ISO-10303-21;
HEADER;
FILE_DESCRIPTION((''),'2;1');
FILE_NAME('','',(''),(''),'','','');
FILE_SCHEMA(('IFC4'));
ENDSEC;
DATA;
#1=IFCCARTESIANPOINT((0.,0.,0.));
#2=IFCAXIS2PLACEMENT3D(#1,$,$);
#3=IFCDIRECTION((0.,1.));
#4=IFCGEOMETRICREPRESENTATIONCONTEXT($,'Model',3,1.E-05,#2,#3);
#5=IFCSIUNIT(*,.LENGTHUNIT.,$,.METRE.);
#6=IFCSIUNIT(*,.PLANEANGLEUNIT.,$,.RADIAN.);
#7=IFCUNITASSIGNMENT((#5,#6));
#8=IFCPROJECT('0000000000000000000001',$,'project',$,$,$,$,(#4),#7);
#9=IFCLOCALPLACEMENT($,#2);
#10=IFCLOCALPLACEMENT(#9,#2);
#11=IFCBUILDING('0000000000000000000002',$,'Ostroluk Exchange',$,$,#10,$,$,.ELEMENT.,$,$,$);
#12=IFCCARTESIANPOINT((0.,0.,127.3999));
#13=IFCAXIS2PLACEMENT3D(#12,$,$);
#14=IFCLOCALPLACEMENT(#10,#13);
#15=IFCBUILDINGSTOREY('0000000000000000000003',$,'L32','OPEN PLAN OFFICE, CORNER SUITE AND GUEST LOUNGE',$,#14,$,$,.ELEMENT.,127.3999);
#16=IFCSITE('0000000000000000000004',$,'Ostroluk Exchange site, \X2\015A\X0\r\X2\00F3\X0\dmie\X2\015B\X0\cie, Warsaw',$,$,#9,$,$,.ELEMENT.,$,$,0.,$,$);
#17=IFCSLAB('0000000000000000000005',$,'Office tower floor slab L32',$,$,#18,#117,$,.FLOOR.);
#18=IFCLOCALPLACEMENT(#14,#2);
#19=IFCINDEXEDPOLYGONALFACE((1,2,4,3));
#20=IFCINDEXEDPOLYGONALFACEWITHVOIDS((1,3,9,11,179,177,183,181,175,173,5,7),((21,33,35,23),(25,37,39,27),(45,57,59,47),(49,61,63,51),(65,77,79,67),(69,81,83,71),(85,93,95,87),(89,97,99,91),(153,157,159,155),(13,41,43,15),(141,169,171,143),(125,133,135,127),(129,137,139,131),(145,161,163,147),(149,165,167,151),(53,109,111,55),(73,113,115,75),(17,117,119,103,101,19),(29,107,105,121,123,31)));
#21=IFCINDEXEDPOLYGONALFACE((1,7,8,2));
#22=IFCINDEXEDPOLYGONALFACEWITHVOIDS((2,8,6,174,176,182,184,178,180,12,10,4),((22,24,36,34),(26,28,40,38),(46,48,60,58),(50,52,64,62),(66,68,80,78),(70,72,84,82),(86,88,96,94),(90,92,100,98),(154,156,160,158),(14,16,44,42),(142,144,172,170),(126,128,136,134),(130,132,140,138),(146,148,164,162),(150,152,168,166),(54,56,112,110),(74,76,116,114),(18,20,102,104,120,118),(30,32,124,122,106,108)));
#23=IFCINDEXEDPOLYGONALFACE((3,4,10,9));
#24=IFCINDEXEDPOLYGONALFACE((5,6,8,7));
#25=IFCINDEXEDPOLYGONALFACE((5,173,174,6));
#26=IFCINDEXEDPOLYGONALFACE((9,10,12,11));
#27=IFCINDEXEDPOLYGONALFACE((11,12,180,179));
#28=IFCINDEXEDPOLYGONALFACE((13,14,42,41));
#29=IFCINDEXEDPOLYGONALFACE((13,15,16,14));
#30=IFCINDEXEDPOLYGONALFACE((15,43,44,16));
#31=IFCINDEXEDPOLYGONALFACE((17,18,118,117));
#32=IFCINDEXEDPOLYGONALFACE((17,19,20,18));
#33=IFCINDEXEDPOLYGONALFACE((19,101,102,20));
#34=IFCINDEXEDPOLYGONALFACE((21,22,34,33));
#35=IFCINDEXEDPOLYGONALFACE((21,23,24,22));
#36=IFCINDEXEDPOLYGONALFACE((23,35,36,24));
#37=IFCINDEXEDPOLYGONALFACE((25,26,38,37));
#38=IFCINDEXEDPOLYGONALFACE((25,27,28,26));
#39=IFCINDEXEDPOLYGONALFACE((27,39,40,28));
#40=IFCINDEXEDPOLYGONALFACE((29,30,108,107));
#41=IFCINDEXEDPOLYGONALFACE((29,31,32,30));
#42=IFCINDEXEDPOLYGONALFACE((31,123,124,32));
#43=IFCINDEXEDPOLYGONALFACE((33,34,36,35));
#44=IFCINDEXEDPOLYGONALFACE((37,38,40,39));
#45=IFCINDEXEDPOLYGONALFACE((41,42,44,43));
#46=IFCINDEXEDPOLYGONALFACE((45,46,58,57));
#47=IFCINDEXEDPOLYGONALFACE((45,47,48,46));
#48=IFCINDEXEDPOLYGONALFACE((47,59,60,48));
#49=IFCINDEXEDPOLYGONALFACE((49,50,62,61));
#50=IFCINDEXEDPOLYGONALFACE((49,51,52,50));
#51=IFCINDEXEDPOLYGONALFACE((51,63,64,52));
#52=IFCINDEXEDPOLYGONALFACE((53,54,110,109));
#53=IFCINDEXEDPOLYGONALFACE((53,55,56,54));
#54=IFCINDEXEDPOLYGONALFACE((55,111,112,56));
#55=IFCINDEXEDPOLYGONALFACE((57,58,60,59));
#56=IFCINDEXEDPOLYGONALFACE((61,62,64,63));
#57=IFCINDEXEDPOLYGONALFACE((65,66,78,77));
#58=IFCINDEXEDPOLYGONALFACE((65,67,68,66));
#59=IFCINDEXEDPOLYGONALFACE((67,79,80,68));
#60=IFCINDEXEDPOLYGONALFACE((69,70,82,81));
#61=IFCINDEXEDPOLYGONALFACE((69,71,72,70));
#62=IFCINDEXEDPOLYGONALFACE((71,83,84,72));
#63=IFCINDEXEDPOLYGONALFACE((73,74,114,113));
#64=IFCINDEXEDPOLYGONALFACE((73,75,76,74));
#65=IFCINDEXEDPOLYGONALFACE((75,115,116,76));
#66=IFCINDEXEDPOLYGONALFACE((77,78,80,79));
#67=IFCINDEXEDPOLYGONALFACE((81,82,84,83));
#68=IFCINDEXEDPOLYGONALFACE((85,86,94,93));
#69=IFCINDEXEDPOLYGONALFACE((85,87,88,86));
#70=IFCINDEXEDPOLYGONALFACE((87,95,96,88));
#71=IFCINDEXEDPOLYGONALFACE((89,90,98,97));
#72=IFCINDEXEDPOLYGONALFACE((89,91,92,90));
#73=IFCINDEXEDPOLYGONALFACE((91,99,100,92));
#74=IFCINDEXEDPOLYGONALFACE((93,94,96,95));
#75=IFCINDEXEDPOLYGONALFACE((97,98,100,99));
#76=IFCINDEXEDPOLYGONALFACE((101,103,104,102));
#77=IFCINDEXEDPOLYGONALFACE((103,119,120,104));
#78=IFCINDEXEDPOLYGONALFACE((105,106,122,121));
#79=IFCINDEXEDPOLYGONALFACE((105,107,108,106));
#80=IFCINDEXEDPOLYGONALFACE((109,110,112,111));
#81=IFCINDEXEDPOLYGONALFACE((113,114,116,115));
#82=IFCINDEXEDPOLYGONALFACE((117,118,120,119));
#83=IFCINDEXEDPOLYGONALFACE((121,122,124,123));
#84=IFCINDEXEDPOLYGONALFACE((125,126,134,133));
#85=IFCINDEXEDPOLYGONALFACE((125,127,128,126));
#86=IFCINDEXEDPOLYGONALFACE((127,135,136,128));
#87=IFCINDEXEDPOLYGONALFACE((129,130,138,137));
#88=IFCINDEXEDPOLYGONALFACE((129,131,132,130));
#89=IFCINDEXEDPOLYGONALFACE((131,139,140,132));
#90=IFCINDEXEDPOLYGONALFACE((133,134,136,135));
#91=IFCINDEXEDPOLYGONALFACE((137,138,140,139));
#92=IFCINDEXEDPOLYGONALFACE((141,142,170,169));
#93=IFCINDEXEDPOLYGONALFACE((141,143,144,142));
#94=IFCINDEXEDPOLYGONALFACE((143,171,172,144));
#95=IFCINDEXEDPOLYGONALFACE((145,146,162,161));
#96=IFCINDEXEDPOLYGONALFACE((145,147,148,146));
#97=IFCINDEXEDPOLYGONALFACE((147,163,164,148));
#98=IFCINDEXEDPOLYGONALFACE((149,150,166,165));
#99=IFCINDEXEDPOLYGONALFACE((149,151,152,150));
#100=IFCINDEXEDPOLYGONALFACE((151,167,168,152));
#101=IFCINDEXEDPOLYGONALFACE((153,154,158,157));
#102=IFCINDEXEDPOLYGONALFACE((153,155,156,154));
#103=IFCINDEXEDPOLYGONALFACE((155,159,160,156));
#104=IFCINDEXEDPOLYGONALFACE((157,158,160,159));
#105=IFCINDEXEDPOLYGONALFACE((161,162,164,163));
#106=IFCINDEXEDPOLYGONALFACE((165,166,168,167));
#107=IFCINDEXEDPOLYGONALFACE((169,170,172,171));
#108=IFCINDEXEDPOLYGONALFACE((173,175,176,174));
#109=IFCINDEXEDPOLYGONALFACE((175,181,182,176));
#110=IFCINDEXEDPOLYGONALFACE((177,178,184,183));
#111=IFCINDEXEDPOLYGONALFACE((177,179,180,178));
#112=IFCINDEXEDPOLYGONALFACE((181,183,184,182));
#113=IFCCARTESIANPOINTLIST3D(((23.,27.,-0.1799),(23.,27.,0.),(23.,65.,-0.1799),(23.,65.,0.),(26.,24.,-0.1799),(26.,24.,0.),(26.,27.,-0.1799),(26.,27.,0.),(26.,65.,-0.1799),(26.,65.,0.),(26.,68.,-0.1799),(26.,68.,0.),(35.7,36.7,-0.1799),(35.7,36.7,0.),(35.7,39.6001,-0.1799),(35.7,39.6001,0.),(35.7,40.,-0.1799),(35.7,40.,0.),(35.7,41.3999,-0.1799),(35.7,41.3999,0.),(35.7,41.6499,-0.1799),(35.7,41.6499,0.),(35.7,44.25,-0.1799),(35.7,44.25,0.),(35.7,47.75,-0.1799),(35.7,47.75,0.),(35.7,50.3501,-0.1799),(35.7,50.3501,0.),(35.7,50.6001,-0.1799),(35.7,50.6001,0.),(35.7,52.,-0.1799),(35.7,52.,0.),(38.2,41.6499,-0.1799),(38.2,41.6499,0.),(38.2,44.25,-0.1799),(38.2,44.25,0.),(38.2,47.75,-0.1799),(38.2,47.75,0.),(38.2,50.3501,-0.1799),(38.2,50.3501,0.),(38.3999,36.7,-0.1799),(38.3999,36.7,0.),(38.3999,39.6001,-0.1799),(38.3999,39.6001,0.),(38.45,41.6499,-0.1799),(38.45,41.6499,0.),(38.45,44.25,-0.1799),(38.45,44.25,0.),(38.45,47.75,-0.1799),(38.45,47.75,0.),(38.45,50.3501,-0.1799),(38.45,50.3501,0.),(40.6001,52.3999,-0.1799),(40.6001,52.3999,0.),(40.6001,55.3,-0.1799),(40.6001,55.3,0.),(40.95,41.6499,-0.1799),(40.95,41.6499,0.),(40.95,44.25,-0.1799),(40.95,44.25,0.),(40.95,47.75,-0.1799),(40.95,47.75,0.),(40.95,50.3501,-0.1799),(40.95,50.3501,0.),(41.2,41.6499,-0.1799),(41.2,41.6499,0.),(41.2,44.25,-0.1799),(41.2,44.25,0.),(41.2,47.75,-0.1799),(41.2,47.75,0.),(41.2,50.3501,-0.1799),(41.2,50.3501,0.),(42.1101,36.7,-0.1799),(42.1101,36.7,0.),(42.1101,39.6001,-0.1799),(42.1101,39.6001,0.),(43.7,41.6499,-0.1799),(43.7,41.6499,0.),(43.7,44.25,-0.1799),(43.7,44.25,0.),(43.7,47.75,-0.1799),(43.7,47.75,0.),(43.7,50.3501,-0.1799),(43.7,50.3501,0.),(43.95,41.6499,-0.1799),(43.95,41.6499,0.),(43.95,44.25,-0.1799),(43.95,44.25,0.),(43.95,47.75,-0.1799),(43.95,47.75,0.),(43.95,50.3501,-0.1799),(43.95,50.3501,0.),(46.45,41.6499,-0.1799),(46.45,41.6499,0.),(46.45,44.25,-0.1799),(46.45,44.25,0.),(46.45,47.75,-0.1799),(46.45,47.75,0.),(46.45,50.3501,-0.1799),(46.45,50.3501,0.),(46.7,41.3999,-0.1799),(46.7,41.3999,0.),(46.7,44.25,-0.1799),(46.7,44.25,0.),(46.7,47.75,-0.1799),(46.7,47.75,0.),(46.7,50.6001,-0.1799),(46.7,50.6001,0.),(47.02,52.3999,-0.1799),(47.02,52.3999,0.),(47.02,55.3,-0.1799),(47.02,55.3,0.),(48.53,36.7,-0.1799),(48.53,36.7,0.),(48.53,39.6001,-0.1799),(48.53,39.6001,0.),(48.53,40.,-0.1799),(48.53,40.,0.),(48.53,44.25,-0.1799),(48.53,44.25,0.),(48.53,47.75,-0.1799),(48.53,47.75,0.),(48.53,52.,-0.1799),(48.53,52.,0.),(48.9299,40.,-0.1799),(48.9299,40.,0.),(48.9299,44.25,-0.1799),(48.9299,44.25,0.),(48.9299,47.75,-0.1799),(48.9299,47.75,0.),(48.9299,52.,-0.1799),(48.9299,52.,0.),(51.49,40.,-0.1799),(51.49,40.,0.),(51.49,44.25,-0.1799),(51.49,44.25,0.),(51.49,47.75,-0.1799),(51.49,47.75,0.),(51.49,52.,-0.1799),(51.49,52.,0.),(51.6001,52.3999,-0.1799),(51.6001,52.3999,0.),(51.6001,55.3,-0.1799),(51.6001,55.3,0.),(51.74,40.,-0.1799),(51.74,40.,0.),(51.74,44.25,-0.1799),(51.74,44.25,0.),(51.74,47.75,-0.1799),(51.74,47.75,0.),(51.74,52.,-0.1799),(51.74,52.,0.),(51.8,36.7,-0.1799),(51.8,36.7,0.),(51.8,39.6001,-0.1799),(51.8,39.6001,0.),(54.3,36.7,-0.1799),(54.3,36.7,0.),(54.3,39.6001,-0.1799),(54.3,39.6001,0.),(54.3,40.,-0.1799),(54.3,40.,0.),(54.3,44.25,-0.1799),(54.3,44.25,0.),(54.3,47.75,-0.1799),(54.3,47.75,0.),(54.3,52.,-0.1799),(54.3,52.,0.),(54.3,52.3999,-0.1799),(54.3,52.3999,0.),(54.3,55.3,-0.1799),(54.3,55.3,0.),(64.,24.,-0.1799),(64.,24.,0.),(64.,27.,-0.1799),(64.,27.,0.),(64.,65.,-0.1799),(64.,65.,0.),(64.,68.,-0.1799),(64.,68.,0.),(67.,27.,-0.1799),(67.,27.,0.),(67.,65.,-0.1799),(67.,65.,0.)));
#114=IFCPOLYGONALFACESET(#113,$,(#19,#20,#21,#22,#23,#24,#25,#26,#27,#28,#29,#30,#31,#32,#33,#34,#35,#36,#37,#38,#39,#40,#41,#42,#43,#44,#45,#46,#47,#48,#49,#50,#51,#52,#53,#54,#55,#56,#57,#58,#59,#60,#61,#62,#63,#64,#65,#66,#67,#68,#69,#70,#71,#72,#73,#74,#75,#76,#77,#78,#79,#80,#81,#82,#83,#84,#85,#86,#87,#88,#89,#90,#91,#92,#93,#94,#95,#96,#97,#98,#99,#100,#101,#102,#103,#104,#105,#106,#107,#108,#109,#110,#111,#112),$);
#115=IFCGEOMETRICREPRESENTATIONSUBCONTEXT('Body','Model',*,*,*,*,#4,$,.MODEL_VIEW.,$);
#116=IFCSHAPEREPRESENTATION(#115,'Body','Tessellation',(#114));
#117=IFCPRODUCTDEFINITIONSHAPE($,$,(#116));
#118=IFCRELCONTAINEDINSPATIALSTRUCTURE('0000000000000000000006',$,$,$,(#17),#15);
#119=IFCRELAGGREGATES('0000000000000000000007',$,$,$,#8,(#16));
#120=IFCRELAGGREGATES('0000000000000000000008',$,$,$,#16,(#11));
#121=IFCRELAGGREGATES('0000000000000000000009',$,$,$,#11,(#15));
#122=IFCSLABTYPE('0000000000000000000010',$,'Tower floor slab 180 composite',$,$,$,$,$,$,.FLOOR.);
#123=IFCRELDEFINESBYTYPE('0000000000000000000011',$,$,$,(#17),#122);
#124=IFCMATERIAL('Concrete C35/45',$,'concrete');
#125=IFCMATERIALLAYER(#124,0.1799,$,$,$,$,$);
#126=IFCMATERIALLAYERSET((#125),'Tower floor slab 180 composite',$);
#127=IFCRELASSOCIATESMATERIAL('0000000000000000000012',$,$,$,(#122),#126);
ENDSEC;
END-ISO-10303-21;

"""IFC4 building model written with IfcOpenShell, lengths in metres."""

from ifc_helpers import new_model, si_unit, direction, frame, origin, place, context, subcontext, project, spatial, polyline, outline, extrude, material, layer, layer_set, type_object, element, save


model = new_model("IFC4")

# Units and contexts
model_context = context("Model", 3, precision=1e-05, world=origin(), true_north=direction((0.0, 1.0)))
body_context = subcontext(model_context, "Body", "Model", "MODEL_VIEW")
ifc_project = project(units=[si_unit("LENGTHUNIT", "METRE"), si_unit("PLANEANGLEUNIT", "RADIAN")], contexts=[model_context])

# Site, building, storey
site_placement = place(None, origin())
site = spatial("IfcSite", under=ifc_project, at=site_placement, Name="Ostroluk Exchange site, Śródmieście, Warsaw", CompositionType="ELEMENT", RefElevation=0.0)
building_placement = place(site_placement, origin())
building = spatial("IfcBuilding", under=site, at=building_placement, Name="Ostroluk Exchange", CompositionType="ELEMENT")
storey_placement = place(building_placement, frame((0.0, 0.0, 127.3999)))
storey = spatial("IfcBuildingStorey", under=building, at=storey_placement, Name="L32", Description="OPEN PLAN OFFICE, CORNER SUITE AND GUEST LOUNGE", CompositionType="ELEMENT", Elevation=127.3999)

# Slab
ifc_material_1 = material(Name="Concrete C35/45", Category="concrete")
ifc_layer_1 = layer(ifc_material_1, 0.1799)
ifc_layer_set_1 = layer_set([ifc_layer_1], Name="Tower floor slab 180 composite")
slab_type_1 = type_object("IfcSlabType", Name="Tower floor slab 180 composite", PredefinedType="FLOOR", material=ifc_layer_set_1)
slab_1_placement = place(storey_placement, frame((0.0, 0.0, -0.1799)))
element("IfcSlab", 1, at=slab_1_placement, inside=storey, type_object=slab_type_1, Name="Office tower floor slab L32", PredefinedType="FLOOR", context=body_context, shape_type="SweptSolid", body=[
    extrude(outline(polyline([(26.0, 24.0), (64.0, 24.0), (64.0, 27.0), (67.0, 27.0), (67.0, 65.0), (64.0, 65.0), (64.0, 68.0), (26.0, 68.0), (26.0, 65.0), (23.0, 65.0), (23.0, 27.0), (26.0, 27.0), (26.0, 24.0)]), holes=[polyline([(35.7, 36.7), (38.3999, 36.7), (38.3999, 39.6001), (35.7, 39.6001), (35.7, 36.7)]), polyline([(42.1101, 36.7), (48.53, 36.7), (48.53, 39.6001), (42.1101, 39.6001), (42.1101, 36.7)]), polyline([(51.8, 36.7), (54.3, 36.7), (54.3, 39.6001), (51.8, 39.6001), (51.8, 36.7)]), polyline([(40.6001, 52.3999), (47.02, 52.3999), (47.02, 55.3), (40.6001, 55.3), (40.6001, 52.3999)]), polyline([(51.6001, 52.3999), (54.3, 52.3999), (54.3, 55.3), (51.6001, 55.3), (51.6001, 52.3999)]), polyline([(35.7, 47.75), (38.2, 47.75), (38.2, 50.3501), (35.7, 50.3501), (35.7, 47.75)]), polyline([(38.45, 47.75), (40.95, 47.75), (40.95, 50.3501), (38.45, 50.3501), (38.45, 47.75)]), polyline([(41.2, 47.75), (43.7, 47.75), (43.7, 50.3501), (41.2, 50.3501), (41.2, 47.75)]), polyline([(43.95, 47.75), (46.45, 47.75), (46.45, 50.3501), (43.95, 50.3501), (43.95, 47.75)]), polyline([(35.7, 41.6499), (38.2, 41.6499), (38.2, 44.25), (35.7, 44.25), (35.7, 41.6499)]), polyline([(38.45, 41.6499), (40.95, 41.6499), (40.95, 44.25), (38.45, 44.25), (38.45, 41.6499)]), polyline([(41.2, 41.6499), (43.7, 41.6499), (43.7, 44.25), (41.2, 44.25), (41.2, 41.6499)]), polyline([(43.95, 41.6499), (46.45, 41.6499), (46.45, 44.25), (43.95, 44.25), (43.95, 41.6499)]), polyline([(48.9299, 47.75), (51.49, 47.75), (51.49, 52.0), (48.9299, 52.0), (48.9299, 47.75)]), polyline([(51.74, 47.75), (54.3, 47.75), (54.3, 52.0), (51.74, 52.0), (51.74, 47.75)]), polyline([(48.9299, 40.0), (51.49, 40.0), (51.49, 44.25), (48.9299, 44.25), (48.9299, 40.0)]), polyline([(51.74, 40.0), (54.3, 40.0), (54.3, 44.25), (51.74, 44.25), (51.74, 40.0)]), polyline([(48.53, 52.0), (48.53, 47.75), (46.7, 47.75), (46.7, 50.6001), (35.7, 50.6001), (35.7, 52.0), (48.53, 52.0)]), polyline([(35.7, 40.0), (35.7, 41.3999), (46.7, 41.3999), (46.7, 44.25), (48.53, 44.25), (48.53, 40.0), (35.7, 40.0)])]), origin(), (0.0, 0.0, 1.0), 0.1799),
])

save(model, "model.ifc")
